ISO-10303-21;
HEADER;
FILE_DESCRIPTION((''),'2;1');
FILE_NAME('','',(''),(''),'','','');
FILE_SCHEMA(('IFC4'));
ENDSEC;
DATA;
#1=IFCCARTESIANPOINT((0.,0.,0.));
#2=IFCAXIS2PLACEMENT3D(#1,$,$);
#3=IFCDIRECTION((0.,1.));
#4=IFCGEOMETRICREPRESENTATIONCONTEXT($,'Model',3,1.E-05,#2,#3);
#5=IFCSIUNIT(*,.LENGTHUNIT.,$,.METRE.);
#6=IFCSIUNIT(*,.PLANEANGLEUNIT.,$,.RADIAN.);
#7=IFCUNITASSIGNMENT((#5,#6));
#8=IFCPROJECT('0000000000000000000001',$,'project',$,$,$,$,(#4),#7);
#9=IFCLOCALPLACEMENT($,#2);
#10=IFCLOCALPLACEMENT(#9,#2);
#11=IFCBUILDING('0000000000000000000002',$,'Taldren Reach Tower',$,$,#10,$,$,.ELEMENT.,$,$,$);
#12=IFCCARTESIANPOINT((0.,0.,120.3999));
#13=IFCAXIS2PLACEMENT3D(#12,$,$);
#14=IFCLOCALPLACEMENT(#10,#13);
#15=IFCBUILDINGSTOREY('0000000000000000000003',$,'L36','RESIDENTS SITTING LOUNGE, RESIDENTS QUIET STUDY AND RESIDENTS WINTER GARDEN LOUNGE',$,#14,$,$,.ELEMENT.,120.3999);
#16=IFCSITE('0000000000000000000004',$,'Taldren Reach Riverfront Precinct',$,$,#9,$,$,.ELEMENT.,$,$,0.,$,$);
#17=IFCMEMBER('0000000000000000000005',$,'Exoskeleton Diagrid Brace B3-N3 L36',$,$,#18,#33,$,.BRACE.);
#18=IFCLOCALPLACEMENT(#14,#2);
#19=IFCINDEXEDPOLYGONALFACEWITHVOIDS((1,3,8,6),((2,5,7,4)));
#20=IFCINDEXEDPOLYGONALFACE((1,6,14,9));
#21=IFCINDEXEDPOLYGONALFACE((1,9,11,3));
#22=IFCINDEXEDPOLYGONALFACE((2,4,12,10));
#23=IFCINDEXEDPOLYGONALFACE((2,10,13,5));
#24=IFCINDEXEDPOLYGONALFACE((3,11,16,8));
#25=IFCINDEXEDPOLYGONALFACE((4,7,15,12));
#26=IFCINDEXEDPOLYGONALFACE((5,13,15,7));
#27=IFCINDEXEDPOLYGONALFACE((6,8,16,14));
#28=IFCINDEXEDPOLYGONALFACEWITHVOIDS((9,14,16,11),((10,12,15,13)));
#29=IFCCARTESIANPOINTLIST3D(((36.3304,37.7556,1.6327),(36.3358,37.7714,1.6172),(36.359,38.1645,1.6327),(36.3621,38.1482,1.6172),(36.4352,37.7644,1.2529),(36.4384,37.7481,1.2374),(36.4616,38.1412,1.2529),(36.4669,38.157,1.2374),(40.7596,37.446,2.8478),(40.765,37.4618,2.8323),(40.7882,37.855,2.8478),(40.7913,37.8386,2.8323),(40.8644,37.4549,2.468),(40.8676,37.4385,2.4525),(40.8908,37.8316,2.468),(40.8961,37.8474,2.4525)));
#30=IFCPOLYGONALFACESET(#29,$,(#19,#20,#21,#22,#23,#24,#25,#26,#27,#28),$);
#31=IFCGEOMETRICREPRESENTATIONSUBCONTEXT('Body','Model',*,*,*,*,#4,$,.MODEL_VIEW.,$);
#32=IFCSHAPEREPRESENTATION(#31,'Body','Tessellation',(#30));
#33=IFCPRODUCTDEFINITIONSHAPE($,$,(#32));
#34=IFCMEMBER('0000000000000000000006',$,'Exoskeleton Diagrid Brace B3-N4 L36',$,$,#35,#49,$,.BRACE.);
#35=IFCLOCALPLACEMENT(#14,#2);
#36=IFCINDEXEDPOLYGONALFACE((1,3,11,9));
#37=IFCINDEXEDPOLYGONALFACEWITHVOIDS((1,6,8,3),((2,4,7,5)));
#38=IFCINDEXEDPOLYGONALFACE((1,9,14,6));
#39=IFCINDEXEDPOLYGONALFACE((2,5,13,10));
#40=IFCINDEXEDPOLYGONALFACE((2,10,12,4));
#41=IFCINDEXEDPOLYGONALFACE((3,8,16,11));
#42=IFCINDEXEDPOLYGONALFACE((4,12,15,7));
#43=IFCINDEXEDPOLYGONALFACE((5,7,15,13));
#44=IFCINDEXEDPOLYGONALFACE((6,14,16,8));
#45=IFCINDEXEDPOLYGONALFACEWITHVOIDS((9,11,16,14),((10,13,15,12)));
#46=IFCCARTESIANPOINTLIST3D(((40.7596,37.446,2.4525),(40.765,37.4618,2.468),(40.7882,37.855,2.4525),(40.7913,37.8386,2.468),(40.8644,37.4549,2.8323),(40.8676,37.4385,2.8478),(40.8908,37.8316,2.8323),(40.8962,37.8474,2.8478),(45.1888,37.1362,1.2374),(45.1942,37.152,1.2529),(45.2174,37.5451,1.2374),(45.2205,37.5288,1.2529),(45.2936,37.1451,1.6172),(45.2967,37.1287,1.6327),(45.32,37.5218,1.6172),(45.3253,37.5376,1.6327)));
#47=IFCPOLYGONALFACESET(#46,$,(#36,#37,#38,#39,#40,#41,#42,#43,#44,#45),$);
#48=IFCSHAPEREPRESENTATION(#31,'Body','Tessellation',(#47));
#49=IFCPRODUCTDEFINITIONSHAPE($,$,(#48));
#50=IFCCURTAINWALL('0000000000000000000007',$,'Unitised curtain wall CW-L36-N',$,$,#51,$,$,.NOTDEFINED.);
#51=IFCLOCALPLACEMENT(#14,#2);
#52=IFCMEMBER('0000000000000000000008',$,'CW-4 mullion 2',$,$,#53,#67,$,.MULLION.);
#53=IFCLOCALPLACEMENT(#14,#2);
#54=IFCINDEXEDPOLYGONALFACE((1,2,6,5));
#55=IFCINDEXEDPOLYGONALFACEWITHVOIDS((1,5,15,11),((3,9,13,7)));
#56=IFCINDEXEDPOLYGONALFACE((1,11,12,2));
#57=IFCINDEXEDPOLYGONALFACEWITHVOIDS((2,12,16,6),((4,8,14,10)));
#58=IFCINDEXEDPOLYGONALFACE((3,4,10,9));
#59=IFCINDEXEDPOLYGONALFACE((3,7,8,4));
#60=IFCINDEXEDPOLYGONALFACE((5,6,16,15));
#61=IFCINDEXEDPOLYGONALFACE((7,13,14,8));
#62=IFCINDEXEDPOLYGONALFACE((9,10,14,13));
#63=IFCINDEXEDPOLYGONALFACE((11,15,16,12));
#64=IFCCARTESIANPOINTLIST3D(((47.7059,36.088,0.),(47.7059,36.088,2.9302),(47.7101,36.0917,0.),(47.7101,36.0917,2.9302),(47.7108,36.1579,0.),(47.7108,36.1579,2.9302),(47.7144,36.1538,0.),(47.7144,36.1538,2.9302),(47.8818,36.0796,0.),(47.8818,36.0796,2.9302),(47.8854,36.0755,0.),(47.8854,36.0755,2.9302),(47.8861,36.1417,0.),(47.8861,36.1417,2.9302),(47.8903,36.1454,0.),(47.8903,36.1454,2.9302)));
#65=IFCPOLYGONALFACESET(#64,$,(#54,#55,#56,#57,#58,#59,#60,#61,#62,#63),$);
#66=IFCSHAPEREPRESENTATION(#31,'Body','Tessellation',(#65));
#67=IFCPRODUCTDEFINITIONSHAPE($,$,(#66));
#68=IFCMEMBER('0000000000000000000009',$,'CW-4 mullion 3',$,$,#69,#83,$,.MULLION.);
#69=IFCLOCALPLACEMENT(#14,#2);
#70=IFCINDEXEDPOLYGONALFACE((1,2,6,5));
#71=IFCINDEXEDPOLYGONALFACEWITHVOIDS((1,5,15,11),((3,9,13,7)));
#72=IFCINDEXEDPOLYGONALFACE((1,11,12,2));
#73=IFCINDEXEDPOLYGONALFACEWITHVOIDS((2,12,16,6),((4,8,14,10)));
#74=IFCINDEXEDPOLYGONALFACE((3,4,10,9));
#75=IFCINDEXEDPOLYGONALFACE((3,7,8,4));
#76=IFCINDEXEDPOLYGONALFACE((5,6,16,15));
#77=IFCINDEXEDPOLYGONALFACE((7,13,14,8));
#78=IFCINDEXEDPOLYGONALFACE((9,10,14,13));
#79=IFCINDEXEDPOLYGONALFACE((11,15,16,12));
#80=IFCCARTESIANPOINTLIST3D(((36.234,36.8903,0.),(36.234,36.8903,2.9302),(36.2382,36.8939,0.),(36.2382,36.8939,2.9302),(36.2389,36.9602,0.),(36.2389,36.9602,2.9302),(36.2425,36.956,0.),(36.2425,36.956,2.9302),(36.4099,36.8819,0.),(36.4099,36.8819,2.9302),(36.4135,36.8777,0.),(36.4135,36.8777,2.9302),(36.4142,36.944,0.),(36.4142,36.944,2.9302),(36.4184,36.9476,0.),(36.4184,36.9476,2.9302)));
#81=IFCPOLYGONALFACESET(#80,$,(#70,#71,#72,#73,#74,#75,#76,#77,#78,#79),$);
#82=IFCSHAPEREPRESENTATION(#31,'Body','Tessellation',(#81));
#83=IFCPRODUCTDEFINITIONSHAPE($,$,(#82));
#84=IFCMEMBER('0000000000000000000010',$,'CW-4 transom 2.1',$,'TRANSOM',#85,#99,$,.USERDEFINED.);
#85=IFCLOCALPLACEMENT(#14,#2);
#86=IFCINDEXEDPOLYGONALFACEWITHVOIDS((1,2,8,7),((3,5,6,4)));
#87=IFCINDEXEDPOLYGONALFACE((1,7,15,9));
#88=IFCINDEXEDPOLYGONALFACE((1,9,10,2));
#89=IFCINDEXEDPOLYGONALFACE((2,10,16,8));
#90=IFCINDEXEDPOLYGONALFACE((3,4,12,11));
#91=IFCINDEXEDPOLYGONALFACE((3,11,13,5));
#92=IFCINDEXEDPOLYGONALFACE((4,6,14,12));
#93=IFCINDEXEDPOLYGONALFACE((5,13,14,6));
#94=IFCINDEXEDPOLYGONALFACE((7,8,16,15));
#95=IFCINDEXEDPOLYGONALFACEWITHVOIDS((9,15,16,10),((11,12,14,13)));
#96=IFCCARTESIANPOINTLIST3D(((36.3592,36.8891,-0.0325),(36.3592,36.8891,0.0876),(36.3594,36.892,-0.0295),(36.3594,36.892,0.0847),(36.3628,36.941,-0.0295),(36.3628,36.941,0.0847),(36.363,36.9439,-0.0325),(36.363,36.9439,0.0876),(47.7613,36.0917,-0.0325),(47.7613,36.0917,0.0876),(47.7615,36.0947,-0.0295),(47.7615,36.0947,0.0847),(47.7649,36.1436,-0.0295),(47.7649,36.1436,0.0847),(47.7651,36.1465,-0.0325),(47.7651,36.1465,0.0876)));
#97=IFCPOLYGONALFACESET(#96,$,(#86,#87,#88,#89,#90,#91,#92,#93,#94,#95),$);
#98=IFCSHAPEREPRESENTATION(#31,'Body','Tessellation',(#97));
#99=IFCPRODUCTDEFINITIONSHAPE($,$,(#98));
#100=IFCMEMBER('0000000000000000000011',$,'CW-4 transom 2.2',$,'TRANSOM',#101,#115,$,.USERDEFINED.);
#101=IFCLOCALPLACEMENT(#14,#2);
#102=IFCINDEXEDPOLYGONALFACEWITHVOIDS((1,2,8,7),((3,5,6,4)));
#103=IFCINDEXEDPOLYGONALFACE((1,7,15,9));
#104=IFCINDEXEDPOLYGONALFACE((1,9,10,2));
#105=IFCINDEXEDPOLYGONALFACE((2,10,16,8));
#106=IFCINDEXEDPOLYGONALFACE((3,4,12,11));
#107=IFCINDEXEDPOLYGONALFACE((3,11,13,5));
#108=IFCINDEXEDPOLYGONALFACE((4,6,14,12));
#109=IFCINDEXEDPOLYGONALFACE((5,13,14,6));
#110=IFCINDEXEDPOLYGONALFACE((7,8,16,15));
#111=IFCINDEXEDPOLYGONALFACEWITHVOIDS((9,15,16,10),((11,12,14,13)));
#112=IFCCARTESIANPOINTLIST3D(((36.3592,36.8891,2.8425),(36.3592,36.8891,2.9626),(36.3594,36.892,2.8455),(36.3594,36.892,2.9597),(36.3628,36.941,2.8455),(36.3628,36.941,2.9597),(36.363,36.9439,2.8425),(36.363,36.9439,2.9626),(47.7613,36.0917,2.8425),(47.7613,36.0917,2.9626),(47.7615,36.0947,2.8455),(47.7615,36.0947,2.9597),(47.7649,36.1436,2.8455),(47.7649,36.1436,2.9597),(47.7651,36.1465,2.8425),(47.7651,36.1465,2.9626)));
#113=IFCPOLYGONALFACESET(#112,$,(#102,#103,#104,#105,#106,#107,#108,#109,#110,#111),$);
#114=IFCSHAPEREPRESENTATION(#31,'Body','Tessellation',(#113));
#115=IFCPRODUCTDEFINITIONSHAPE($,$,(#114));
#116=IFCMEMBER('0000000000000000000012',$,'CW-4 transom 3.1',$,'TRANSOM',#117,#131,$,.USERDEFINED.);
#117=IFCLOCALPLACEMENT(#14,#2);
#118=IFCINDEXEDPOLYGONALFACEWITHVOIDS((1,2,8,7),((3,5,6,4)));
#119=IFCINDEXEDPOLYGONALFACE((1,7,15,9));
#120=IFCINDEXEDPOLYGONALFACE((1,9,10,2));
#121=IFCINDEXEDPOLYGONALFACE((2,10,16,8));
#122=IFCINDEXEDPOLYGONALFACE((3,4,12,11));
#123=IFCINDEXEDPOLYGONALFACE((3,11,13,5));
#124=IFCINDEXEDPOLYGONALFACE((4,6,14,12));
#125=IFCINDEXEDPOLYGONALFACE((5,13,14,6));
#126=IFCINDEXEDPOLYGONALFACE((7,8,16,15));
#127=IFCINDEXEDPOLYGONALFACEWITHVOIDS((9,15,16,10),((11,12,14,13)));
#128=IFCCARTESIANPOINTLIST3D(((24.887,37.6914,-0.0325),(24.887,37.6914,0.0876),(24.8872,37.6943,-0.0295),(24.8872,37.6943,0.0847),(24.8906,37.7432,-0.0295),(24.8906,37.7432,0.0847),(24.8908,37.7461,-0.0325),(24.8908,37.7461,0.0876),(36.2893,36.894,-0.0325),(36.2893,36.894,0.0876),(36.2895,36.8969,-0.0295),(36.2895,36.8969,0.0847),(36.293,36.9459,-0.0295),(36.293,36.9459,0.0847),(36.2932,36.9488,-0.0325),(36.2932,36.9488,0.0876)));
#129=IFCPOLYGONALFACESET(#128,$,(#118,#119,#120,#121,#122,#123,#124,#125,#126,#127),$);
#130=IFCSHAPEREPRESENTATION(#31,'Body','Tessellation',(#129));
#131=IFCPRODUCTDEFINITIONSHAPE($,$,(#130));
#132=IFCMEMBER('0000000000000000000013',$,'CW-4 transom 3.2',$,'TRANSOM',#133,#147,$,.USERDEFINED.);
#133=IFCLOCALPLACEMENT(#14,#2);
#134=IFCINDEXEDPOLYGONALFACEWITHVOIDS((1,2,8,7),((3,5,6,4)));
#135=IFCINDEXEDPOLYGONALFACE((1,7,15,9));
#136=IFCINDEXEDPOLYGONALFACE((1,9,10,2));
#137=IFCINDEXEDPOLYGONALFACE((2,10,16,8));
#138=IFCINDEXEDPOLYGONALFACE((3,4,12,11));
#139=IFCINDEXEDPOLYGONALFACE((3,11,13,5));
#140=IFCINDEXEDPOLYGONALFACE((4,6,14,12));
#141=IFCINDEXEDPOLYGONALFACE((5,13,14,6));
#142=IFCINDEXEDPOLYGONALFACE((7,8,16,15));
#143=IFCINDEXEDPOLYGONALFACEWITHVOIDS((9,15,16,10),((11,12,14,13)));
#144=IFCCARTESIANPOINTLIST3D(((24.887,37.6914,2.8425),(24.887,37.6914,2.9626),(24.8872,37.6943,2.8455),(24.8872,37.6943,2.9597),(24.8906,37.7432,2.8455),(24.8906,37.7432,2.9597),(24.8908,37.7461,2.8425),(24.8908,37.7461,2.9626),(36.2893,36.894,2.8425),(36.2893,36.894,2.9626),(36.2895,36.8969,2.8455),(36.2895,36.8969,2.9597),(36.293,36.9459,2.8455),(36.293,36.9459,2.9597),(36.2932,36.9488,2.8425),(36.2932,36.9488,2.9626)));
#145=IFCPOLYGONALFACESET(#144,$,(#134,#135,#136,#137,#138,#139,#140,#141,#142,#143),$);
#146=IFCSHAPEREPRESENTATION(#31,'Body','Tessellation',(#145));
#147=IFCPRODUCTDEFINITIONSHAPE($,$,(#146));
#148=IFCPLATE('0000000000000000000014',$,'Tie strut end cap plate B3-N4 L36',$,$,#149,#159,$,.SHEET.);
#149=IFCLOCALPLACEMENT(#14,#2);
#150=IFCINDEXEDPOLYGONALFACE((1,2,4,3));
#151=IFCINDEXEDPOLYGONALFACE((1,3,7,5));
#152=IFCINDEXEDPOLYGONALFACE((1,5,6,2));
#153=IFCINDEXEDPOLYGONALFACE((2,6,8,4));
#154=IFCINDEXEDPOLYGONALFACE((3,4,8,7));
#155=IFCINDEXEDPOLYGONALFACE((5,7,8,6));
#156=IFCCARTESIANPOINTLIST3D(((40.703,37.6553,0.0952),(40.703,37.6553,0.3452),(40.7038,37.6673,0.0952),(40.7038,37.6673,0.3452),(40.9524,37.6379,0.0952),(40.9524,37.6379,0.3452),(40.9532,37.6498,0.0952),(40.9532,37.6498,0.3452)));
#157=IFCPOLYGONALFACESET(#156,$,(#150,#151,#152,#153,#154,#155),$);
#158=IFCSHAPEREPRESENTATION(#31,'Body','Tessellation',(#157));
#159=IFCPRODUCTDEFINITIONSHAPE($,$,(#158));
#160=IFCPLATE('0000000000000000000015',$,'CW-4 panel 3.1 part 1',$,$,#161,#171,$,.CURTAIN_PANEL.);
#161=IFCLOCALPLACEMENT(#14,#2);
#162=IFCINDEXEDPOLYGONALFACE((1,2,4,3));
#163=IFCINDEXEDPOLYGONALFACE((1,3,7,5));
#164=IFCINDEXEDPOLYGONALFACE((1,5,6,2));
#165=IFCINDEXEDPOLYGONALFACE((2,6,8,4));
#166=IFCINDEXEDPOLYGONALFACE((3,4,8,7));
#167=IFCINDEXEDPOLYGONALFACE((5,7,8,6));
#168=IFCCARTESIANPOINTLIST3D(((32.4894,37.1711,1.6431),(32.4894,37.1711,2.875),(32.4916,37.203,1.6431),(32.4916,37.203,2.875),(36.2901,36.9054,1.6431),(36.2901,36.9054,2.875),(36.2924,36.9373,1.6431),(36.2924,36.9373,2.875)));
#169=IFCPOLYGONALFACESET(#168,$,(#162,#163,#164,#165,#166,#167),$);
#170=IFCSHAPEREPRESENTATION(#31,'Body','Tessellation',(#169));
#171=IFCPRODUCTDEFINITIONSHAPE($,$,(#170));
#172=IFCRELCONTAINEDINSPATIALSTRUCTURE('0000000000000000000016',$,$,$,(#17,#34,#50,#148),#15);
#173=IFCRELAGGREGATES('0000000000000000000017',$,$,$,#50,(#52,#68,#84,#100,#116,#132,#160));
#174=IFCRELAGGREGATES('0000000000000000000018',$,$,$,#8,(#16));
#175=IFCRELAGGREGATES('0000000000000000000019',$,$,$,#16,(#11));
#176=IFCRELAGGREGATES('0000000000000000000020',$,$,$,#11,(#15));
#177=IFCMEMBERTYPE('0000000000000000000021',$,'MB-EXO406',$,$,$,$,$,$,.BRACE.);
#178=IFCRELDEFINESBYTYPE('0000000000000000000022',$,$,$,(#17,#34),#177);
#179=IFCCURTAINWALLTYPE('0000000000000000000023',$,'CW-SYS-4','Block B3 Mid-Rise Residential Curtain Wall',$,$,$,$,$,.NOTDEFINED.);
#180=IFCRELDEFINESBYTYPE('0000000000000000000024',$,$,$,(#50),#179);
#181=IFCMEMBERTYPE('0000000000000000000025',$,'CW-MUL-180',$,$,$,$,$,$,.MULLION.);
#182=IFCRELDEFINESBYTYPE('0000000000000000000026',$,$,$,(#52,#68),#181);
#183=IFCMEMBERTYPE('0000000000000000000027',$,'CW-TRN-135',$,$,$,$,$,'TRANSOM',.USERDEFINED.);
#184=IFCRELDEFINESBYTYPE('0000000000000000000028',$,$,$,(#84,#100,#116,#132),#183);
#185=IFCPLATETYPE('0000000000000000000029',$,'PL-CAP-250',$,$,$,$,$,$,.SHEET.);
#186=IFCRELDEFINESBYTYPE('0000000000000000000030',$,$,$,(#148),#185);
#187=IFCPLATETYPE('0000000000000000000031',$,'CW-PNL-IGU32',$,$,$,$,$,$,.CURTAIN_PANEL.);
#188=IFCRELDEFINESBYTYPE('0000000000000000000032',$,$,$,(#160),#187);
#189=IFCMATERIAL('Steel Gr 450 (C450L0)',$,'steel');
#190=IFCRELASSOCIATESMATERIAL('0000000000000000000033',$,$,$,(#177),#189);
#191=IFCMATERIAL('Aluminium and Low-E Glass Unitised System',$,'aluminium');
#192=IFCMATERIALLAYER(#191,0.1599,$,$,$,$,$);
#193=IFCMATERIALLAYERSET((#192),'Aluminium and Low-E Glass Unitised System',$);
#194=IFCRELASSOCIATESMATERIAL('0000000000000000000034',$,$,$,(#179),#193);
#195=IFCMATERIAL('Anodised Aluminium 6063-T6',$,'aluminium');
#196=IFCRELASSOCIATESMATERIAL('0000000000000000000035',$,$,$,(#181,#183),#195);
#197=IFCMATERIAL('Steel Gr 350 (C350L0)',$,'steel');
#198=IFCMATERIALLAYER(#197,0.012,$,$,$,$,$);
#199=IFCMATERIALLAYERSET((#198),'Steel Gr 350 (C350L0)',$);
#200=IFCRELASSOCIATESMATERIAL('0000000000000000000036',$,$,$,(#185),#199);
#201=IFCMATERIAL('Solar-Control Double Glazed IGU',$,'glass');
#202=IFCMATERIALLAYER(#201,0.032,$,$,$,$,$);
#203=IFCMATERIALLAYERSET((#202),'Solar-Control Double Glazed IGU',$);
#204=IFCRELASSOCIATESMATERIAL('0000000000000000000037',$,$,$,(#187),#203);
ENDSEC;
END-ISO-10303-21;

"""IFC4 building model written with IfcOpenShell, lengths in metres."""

from ifc_helpers import new_model, si_unit, direction, frame, origin, origin_2d, place, context, subcontext, project, spatial, rectangle, hollow_rectangle, extrude, source, transform, mapped, material, layer, layer_set, material_profile, profile_set, type_object, element, aggregate, save


model = new_model("IFC4")

# Units and contexts
model_context = context("Model", 3, precision=1e-05, world=origin(), true_north=direction((0.0, 1.0)))
body_context = subcontext(model_context, "Body", "Model", "MODEL_VIEW")
ifc_project = project(units=[si_unit("LENGTHUNIT", "METRE"), si_unit("PLANEANGLEUNIT", "RADIAN")], contexts=[model_context])

# Site, building, storey
site_placement = place(None, origin())
site = spatial("IfcSite", under=ifc_project, at=site_placement, Name="Taldren Reach Riverfront Precinct", CompositionType="ELEMENT", RefElevation=0.0)
building_placement = place(site_placement, origin())
building = spatial("IfcBuilding", under=site, at=building_placement, Name="Taldren Reach Tower", CompositionType="ELEMENT")
storey_placement = place(building_placement, frame((0.0, 0.0, 120.3999)))
storey = spatial("IfcBuildingStorey", under=building, at=storey_placement, Name="L36", Description="RESIDENTS SITTING LOUNGE, RESIDENTS QUIET STUDY AND RESIDENTS WINTER GARDEN LOUNGE", CompositionType="ELEMENT", Elevation=120.3999)

# Shared definitions
ifc_material_1 = material(Name="Steel Gr 450 (C450L0)", Category="steel")
ifc_material_2 = material(Name="Steel Gr 350 (C350L0)", Category="steel")

# Members
ifc_material_profile_1 = material_profile(ifc_material_1, hollow_rectangle(XDim=0.4099, YDim=0.4099, WallThickness=0.0161, at=origin_2d()), Name="410x410x16.0SHS")
ifc_profile_set_1 = profile_set([ifc_material_profile_1], Name="Steel Gr 450 (C450L0)")
member_type_1 = type_object("IfcMemberType", Name="MB-EXO406", PredefinedType="BRACE", material=ifc_profile_set_1)
shared_shape_1 = source(origin(), body_context, "Body", "SweptSolid", [
    extrude(hollow_rectangle(XDim=0.4099, YDim=0.4099, WallThickness=0.0161, at=origin_2d()), origin(), (0.0, 0.0, 1.0), 4.6033),
])
for number, where, z_axis, x_axis, name in (
    (1, (36.3987, 37.9563, 1.4351), (0.962186, -0.06725, 0.263962), (0.069723, 0.997566, 0.0), "Exoskeleton Diagrid Brace B3-N3 L36"),
    (2, (45.2571, 37.3369, 1.4351), (-0.962182, 0.067303, 0.263961), (-0.069778, -0.997563, 0.0), "Exoskeleton Diagrid Brace B3-N4 L36"),
):
    element("IfcMember", number, at=place(storey_placement, frame(where, z_axis=z_axis, x_axis=x_axis)), inside=storey, type_object=member_type_1, Name=name, PredefinedType="BRACE", context=body_context, shape_type="MappedRepresentation", body=[
        mapped(shared_shape_1, transform((0.0, 0.0, 0.0), scale=1.0)),
    ])

# Curtain wall, members
ifc_material_3 = material(Name="Aluminium and Low-E Glass Unitised System", Category="aluminium")
ifc_layer_1 = layer(ifc_material_3, 0.1599)
ifc_layer_set_1 = layer_set([ifc_layer_1], Name="Aluminium and Low-E Glass Unitised System")
curtain_wall_type = type_object("IfcCurtainWallType", Name="CW-SYS-4", Description="Block B3 Mid-Rise Residential Curtain Wall", PredefinedType="NOTDEFINED", material=ifc_layer_set_1)
curtain_wall_placement = place(storey_placement, origin())
curtain_wall = element("IfcCurtainWall", 3, at=curtain_wall_placement, inside=storey, type_object=curtain_wall_type, Name="Unitised curtain wall CW-L36-N", PredefinedType="NOTDEFINED")
ifc_material_4 = material(Name="Anodised Aluminium 6063-T6", Category="aluminium")
ifc_material_profile_2 = material_profile(ifc_material_4, hollow_rectangle(XDim=0.0701, YDim=0.1799, WallThickness=0.0039, at=origin_2d()), Name="ALU-180x70x4RHS")
ifc_profile_set_2 = profile_set([ifc_material_profile_2], Name="Anodised Aluminium 6063-T6")
member_type_2 = type_object("IfcMemberType", Name="CW-MUL-180", PredefinedType="MULLION", material=ifc_profile_set_2)
shared_shape_2 = source(origin(), body_context, "Body", "SweptSolid", [
    extrude(hollow_rectangle(XDim=0.0701, YDim=0.1799, WallThickness=0.0039, at=origin_2d()), origin(), (0.0, 0.0, 1.0), 2.9302),
])
member_1_placement = place(storey_placement, frame((47.7981, 36.1167, 0.0), z_axis=(0.0, 0.0, 1.0), x_axis=(-0.069757, -0.997564, 0.0)))
member_1 = element("IfcMember", 4, at=member_1_placement, type_object=member_type_2, Name="CW-4 mullion 2", PredefinedType="MULLION", context=body_context, shape_type="MappedRepresentation", body=[
    mapped(shared_shape_2, transform((0.0, 0.0, 0.0), scale=1.0)),
])
member_2_placement = place(storey_placement, frame((36.3262, 36.9189, 0.0), z_axis=(0.0, 0.0, 1.0), x_axis=(-0.069757, -0.997564, 0.0)))
member_2 = element("IfcMember", 5, at=member_2_placement, type_object=member_type_2, Name="CW-4 mullion 3", PredefinedType="MULLION", context=body_context, shape_type="MappedRepresentation", body=[
    mapped(shared_shape_2, transform((0.0, 0.0, 0.0), scale=1.0)),
])
ifc_material_profile_3 = material_profile(ifc_material_4, hollow_rectangle(XDim=0.0549, YDim=0.1201, WallThickness=0.0029, at=origin_2d()), Name="ALU-120x55x3RHS")
ifc_profile_set_3 = profile_set([ifc_material_profile_3], Name="Anodised Aluminium 6063-T6")
member_type_3 = type_object("IfcMemberType", Name="CW-TRN-135", ElementType="TRANSOM", PredefinedType="USERDEFINED", material=ifc_profile_set_3)
shared_shape_3 = source(origin(), body_context, "Body", "SweptSolid", [
    extrude(hollow_rectangle(XDim=0.0549, YDim=0.1201, WallThickness=0.0029, at=origin_2d()), origin(), (0.0, 0.0, 1.0), 11.4299),
])
member_3_placement = place(storey_placement, frame((47.7632, 36.1191, 0.0276), z_axis=(-0.997564, 0.069761, 0.0), x_axis=(-0.069761, -0.997564, 0.0)))
member_3 = element("IfcMember", 6, at=member_3_placement, type_object=member_type_3, Name="CW-4 transom 2.1", ObjectType="TRANSOM", PredefinedType="USERDEFINED", context=body_context, shape_type="MappedRepresentation", body=[
    mapped(shared_shape_3, transform((0.0, 0.0, 0.0), scale=1.0)),
])
member_4_placement = place(storey_placement, frame((47.7632, 36.1191, 2.9026), z_axis=(-0.997564, 0.069761, 0.0), x_axis=(-0.069761, -0.997564, 0.0)))
member_4 = element("IfcMember", 7, at=member_4_placement, type_object=member_type_3, Name="CW-4 transom 2.2", ObjectType="TRANSOM", PredefinedType="USERDEFINED", context=body_context, shape_type="MappedRepresentation", body=[
    mapped(shared_shape_3, transform((0.0, 0.0, 0.0), scale=1.0)),
])
shared_shape_4 = source(origin(), body_context, "Body", "SweptSolid", [
    extrude(hollow_rectangle(XDim=0.0549, YDim=0.1201, WallThickness=0.0029, at=origin_2d()), origin(), (0.0, 0.0, 1.0), 11.4302),
])
member_5_placement = place(storey_placement, frame((36.2913, 36.9214, 0.0276), z_axis=(-0.997564, 0.069759, 0.0), x_axis=(-0.069759, -0.997564, 0.0)))
member_5 = element("IfcMember", 8, at=member_5_placement, type_object=member_type_3, Name="CW-4 transom 3.1", ObjectType="TRANSOM", PredefinedType="USERDEFINED", context=body_context, shape_type="MappedRepresentation", body=[
    mapped(shared_shape_4, transform((0.0, 0.0, 0.0), scale=1.0)),
])
member_6_placement = place(storey_placement, frame((36.2913, 36.9214, 2.9026), z_axis=(-0.997564, 0.069759, 0.0), x_axis=(-0.069759, -0.997564, 0.0)))
member_6 = element("IfcMember", 9, at=member_6_placement, type_object=member_type_3, Name="CW-4 transom 3.2", ObjectType="TRANSOM", PredefinedType="USERDEFINED", context=body_context, shape_type="MappedRepresentation", body=[
    mapped(shared_shape_4, transform((0.0, 0.0, 0.0), scale=1.0)),
])

# Plates
ifc_layer_2 = layer(ifc_material_2, 0.012)
ifc_layer_set_2 = layer_set([ifc_layer_2], Name="Steel Gr 350 (C350L0)")
plate_type_1 = type_object("IfcPlateType", Name="PL-CAP-250", PredefinedType="SHEET", material=ifc_layer_set_2)
shared_shape_5 = source(origin(), body_context, "Body", "SweptSolid", [
    extrude(rectangle(XDim=0.25, YDim=0.012, at=origin_2d()), origin(), (0.0, 0.0, 1.0), 0.25),
])
plate_1_placement = place(storey_placement, frame((40.8281, 37.6526, 0.0952), z_axis=(0.0, 0.0, 1.0), x_axis=(0.997564, -0.069756, 0.0)))
element("IfcPlate", 10, at=plate_1_placement, inside=storey, type_object=plate_type_1, Name="Tie strut end cap plate B3-N4 L36", PredefinedType="SHEET", context=body_context, shape_type="MappedRepresentation", body=[
    mapped(shared_shape_5, transform((0.0, 0.0, 0.0), scale=1.0)),
])
ifc_material_5 = material(Name="Solar-Control Double Glazed IGU", Category="glass")
ifc_layer_3 = layer(ifc_material_5, 0.032)
ifc_layer_set_3 = layer_set([ifc_layer_3], Name="Solar-Control Double Glazed IGU")
plate_type_2 = type_object("IfcPlateType", Name="CW-PNL-IGU32", PredefinedType="CURTAIN_PANEL", material=ifc_layer_set_3)
shared_shape_6 = source(origin(), body_context, "Body", "SweptSolid", [
    extrude(rectangle(XDim=3.8101, YDim=0.032, at=origin_2d()), origin(), (0.0, 0.0, 1.0), 1.2319),
])
plate_2_placement = place(storey_placement, frame((34.3909, 37.0542, 1.6431), z_axis=(0.0, 0.0, 1.0), x_axis=(-0.997564, 0.069757, 0.0)))
plate_2 = element("IfcPlate", 11, at=plate_2_placement, type_object=plate_type_2, Name="CW-4 panel 3.1 part 1", PredefinedType="CURTAIN_PANEL", context=body_context, shape_type="MappedRepresentation", body=[
    mapped(shared_shape_6, transform((0.0, 0.0, 0.0), scale=1.0)),
])
aggregate(curtain_wall, [member_1, member_2, member_3, member_4, member_5, member_6, plate_2])

save(model, "model.ifc")
